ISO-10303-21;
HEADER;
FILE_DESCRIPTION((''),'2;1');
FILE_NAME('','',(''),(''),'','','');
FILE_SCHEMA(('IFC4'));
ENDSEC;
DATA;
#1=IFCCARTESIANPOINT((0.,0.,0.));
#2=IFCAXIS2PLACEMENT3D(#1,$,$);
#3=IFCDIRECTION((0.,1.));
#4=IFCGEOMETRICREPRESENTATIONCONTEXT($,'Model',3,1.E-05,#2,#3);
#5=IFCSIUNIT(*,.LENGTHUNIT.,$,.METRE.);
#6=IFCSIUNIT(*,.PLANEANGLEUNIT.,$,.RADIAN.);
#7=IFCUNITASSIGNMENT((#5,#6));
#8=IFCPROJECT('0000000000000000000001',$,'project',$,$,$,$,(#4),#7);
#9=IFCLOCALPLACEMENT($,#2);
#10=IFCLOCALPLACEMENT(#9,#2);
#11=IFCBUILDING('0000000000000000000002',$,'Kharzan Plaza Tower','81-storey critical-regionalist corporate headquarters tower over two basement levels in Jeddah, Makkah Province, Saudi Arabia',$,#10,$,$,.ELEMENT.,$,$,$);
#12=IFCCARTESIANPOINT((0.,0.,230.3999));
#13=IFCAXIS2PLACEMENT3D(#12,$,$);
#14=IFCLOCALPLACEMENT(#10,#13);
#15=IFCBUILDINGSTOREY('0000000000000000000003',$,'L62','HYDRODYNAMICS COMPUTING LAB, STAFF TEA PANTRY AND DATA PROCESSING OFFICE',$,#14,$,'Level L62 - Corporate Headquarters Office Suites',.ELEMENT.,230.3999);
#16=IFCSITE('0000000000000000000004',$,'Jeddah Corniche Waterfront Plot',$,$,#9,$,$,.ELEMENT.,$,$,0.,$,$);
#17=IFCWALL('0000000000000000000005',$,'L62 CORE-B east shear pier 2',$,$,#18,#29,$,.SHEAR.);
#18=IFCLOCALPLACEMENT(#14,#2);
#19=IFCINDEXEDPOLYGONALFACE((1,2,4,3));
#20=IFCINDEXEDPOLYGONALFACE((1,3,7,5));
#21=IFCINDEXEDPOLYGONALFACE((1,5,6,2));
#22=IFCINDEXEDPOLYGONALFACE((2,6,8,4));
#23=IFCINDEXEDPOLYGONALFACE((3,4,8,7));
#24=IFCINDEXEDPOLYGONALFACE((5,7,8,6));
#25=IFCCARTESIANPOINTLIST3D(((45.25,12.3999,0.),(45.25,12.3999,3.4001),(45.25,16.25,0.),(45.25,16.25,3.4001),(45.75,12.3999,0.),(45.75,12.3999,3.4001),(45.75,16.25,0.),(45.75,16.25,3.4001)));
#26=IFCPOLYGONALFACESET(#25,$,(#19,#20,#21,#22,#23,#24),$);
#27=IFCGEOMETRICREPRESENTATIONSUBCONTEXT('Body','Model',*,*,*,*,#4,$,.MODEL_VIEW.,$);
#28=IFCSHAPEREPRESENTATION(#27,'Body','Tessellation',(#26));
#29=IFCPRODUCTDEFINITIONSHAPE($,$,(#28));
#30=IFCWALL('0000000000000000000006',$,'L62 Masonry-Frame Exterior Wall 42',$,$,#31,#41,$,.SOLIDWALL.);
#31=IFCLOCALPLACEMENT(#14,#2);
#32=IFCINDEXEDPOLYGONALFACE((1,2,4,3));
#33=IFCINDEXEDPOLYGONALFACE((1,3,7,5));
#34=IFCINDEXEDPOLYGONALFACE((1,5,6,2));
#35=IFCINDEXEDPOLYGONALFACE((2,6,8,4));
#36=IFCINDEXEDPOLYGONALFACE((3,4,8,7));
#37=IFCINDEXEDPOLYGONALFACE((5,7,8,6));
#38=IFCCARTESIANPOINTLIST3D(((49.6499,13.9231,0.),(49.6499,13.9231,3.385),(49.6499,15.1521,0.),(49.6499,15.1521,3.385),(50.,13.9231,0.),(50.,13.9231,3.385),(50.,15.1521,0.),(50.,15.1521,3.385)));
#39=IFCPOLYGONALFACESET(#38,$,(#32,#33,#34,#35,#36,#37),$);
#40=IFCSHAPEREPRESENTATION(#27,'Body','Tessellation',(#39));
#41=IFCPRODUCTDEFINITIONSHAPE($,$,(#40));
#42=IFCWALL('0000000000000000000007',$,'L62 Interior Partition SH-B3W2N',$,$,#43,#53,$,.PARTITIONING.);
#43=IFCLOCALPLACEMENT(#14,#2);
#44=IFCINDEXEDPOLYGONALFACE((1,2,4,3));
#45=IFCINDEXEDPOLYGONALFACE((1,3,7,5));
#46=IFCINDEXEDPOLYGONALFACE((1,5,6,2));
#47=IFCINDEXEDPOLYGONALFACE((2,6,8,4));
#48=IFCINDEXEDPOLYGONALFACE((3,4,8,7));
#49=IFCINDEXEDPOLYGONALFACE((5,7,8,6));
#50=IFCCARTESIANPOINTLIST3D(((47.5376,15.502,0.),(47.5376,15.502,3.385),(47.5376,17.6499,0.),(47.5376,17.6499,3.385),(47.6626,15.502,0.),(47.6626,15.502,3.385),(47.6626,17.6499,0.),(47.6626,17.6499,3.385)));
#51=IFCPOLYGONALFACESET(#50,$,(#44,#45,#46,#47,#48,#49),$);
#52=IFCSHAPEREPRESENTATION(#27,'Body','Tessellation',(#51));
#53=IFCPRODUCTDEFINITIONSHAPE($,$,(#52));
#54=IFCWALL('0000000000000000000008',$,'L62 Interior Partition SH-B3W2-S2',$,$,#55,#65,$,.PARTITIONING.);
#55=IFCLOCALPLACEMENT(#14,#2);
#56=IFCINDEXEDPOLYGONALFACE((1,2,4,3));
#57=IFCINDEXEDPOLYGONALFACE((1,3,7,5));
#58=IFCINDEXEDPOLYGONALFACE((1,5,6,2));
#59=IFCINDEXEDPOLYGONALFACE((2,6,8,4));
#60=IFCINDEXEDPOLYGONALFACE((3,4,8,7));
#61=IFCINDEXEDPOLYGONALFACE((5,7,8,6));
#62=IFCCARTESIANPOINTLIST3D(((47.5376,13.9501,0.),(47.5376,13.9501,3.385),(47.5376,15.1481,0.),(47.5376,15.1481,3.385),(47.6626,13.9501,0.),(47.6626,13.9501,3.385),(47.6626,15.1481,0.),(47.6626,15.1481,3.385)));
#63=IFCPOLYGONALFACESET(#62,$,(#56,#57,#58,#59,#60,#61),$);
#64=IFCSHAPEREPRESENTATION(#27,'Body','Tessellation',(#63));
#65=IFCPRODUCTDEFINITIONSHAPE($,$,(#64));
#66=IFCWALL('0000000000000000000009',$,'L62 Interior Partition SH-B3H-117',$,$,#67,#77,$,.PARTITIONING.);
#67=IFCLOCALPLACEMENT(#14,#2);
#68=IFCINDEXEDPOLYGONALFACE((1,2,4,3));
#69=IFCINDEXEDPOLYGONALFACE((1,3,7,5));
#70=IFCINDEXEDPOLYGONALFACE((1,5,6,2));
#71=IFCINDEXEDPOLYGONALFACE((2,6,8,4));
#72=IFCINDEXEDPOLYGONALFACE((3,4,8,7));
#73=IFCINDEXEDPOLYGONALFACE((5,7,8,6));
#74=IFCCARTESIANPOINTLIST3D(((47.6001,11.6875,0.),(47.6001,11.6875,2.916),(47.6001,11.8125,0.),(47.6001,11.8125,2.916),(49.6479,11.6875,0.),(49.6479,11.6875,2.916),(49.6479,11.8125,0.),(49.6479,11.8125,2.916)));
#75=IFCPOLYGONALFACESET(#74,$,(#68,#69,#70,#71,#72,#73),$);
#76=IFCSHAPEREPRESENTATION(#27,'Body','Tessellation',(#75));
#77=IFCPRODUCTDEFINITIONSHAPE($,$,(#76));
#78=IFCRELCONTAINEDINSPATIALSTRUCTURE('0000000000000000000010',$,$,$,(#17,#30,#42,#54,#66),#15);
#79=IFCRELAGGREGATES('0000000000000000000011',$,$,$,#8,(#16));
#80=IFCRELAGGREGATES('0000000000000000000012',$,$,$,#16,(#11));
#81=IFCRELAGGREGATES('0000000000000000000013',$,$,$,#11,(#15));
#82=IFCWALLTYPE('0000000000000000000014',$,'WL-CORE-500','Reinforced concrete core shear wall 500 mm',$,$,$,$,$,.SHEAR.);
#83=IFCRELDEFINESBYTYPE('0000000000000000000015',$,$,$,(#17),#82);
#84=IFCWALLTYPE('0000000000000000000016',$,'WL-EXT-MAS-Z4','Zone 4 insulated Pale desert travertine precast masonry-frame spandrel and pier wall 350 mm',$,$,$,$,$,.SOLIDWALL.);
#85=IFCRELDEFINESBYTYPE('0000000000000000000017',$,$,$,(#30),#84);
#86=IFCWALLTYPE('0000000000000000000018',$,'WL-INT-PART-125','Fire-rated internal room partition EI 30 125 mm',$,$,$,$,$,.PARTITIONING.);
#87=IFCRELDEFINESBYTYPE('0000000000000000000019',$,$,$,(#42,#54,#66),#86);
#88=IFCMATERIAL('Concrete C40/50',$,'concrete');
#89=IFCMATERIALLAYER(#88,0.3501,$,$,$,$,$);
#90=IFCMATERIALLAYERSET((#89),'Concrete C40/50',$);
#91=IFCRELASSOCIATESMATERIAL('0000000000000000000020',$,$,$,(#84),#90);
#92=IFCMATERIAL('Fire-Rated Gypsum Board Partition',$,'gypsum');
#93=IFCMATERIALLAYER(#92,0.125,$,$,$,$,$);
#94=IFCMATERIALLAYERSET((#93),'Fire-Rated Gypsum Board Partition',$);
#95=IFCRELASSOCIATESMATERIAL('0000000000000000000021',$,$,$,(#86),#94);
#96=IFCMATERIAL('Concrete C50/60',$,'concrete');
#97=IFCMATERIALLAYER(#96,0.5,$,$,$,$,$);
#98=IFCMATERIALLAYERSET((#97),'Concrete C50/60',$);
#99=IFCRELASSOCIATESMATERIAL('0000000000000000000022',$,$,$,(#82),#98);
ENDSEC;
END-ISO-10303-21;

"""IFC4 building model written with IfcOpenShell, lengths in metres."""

from ifc_helpers import new_model, si_unit, direction, frame, frame_2d, origin, place, context, subcontext, project, spatial, rectangle, extrude, source, transform, mapped, material, layer, layer_set, type_object, element, save


model = new_model("IFC4")

# Units and contexts
model_context = context("Model", 3, precision=1e-05, world=origin(), true_north=direction((0.0, 1.0)))
body_context = subcontext(model_context, "Body", "Model", "MODEL_VIEW")
ifc_project = project(units=[si_unit("LENGTHUNIT", "METRE"), si_unit("PLANEANGLEUNIT", "RADIAN")], contexts=[model_context])

# Site, building, storey
site_placement = place(None, origin())
site = spatial("IfcSite", under=ifc_project, at=site_placement, Name="Jeddah Corniche Waterfront Plot", CompositionType="ELEMENT", RefElevation=0.0)
building_placement = place(site_placement, origin())
building = spatial("IfcBuilding", under=site, at=building_placement, Name="Kharzan Plaza Tower", Description="81-storey critical-regionalist corporate headquarters tower over two basement levels in Jeddah, Makkah Province, Saudi Arabia", CompositionType="ELEMENT")
storey_placement = place(building_placement, frame((0.0, 0.0, 230.3999)))
storey = spatial("IfcBuildingStorey", under=building, at=storey_placement, Name="L62", Description="HYDRODYNAMICS COMPUTING LAB, STAFF TEA PANTRY AND DATA PROCESSING OFFICE", LongName="Level L62 - Corporate Headquarters Office Suites", CompositionType="ELEMENT", Elevation=230.3999)

# Shared definitions
ifc_material_1 = material(Name="Concrete C50/60", Category="concrete")

# Shared definitions
ifc_material_2 = material(Name="Concrete C40/50", Category="concrete")
ifc_layer_1 = layer(ifc_material_2, 0.3501)
ifc_layer_set_1 = layer_set([ifc_layer_1], Name="Concrete C40/50")
wall_type_1 = type_object("IfcWallType", Name="WL-EXT-MAS-Z4", Description="Zone 4 insulated Pale desert travertine precast masonry-frame spandrel and pier wall 350 mm", PredefinedType="SOLIDWALL", material=ifc_layer_set_1)

# Shared definitions
ifc_material_3 = material(Name="Fire-Rated Gypsum Board Partition", Category="gypsum")
ifc_layer_2 = layer(ifc_material_3, 0.125)
ifc_layer_set_2 = layer_set([ifc_layer_2], Name="Fire-Rated Gypsum Board Partition")
wall_type_2 = type_object("IfcWallType", Name="WL-INT-PART-125", Description="Fire-rated internal room partition EI 30 125 mm", PredefinedType="PARTITIONING", material=ifc_layer_set_2)

# Walls
ifc_layer_3 = layer(ifc_material_1, 0.5)
ifc_layer_set_3 = layer_set([ifc_layer_3], Name="Concrete C50/60")
wall_type_3 = type_object("IfcWallType", Name="WL-CORE-500", Description="Reinforced concrete core shear wall 500 mm", PredefinedType="SHEAR", material=ifc_layer_set_3)
shared_shape_1 = source(origin(), body_context, "Body", "SweptSolid", [
    extrude(rectangle(XDim=3.8501, YDim=0.5, at=frame_2d((1.925, 0.0))), origin(), (0.0, 0.0, 1.0), 3.4001),
])
wall_1_placement = place(storey_placement, frame((45.5, 12.3999, 0.0), z_axis=(0.0, 0.0, 1.0), x_axis=(0.0, 1.0, 0.0)))
element("IfcWall", 1, at=wall_1_placement, inside=storey, type_object=wall_type_3, Name="L62 CORE-B east shear pier 2", PredefinedType="SHEAR", context=body_context, shape_type="MappedRepresentation", body=[
    mapped(shared_shape_1, transform((0.0, 0.0, 0.0), x_axis=(1.0, 0.0, 0.0), y_axis=(0.0, 1.0, 0.0), z_axis=(0.0, 0.0, 1.0))),
])
shared_shape_2 = source(origin(), body_context, "Body", "SweptSolid", [
    extrude(rectangle(XDim=1.229, YDim=0.3501, at=frame_2d((0.6145, 0.0))), origin(), (0.0, 0.0, 1.0), 3.385),
])
wall_2_placement = place(storey_placement, frame((49.825, 13.9231, 0.0), z_axis=(0.0, 0.0, 1.0), x_axis=(0.0, 1.0, 0.0)))
element("IfcWall", 2, at=wall_2_placement, inside=storey, type_object=wall_type_1, Name="L62 Masonry-Frame Exterior Wall 42", PredefinedType="SOLIDWALL", context=body_context, shape_type="MappedRepresentation", body=[
    mapped(shared_shape_2, transform((0.0, 0.0, 0.0), x_axis=(1.0, 0.0, 0.0), y_axis=(0.0, 1.0, 0.0), z_axis=(0.0, 0.0, 1.0))),
])
shared_shape_3 = source(origin(), body_context, "Body", "SweptSolid", [
    extrude(rectangle(XDim=2.1479, YDim=0.125, at=frame_2d((1.074, 0.0))), origin(), (0.0, 0.0, 1.0), 3.385),
])
wall_3_placement = place(storey_placement, frame((47.6001, 15.502, 0.0), z_axis=(0.0, 0.0, 1.0), x_axis=(0.0, 1.0, 0.0)))
element("IfcWall", 3, at=wall_3_placement, inside=storey, type_object=wall_type_2, Name="L62 Interior Partition SH-B3W2N", PredefinedType="PARTITIONING", context=body_context, shape_type="MappedRepresentation", body=[
    mapped(shared_shape_3, transform((0.0, 0.0, 0.0), x_axis=(1.0, 0.0, 0.0), y_axis=(0.0, 1.0, 0.0), z_axis=(0.0, 0.0, 1.0))),
])
shared_shape_4 = source(origin(), body_context, "Body", "SweptSolid", [
    extrude(rectangle(XDim=1.198, YDim=0.125, at=frame_2d((0.5991, 0.0))), origin(), (0.0, 0.0, 1.0), 3.385),
])
wall_4_placement = place(storey_placement, frame((47.6001, 13.95, 0.0), z_axis=(0.0, 0.0, 1.0), x_axis=(0.0, 1.0, 0.0)))
element("IfcWall", 4, at=wall_4_placement, inside=storey, type_object=wall_type_2, Name="L62 Interior Partition SH-B3W2-S2", PredefinedType="PARTITIONING", context=body_context, shape_type="MappedRepresentation", body=[
    mapped(shared_shape_4, transform((0.0, 0.0, 0.0), x_axis=(1.0, 0.0, 0.0), y_axis=(0.0, 1.0, 0.0), z_axis=(0.0, 0.0, 1.0))),
])
shared_shape_5 = source(origin(), body_context, "Body", "SweptSolid", [
    extrude(rectangle(XDim=2.0479, YDim=0.125, at=frame_2d((1.0239, 0.0))), origin(), (0.0, 0.0, 1.0), 2.916),
])
wall_5_placement = place(storey_placement, frame((47.6001, 11.75, 0.0), z_axis=(0.0, 0.0, 1.0), x_axis=(1.0, 0.0, 0.0)))
element("IfcWall", 5, at=wall_5_placement, inside=storey, type_object=wall_type_2, Name="L62 Interior Partition SH-B3H-117", PredefinedType="PARTITIONING", context=body_context, shape_type="MappedRepresentation", body=[
    mapped(shared_shape_5, transform((0.0, 0.0, 0.0), x_axis=(1.0, 0.0, 0.0), y_axis=(0.0, 1.0, 0.0), z_axis=(0.0, 0.0, 1.0))),
])

save(model, "model.ifc")
